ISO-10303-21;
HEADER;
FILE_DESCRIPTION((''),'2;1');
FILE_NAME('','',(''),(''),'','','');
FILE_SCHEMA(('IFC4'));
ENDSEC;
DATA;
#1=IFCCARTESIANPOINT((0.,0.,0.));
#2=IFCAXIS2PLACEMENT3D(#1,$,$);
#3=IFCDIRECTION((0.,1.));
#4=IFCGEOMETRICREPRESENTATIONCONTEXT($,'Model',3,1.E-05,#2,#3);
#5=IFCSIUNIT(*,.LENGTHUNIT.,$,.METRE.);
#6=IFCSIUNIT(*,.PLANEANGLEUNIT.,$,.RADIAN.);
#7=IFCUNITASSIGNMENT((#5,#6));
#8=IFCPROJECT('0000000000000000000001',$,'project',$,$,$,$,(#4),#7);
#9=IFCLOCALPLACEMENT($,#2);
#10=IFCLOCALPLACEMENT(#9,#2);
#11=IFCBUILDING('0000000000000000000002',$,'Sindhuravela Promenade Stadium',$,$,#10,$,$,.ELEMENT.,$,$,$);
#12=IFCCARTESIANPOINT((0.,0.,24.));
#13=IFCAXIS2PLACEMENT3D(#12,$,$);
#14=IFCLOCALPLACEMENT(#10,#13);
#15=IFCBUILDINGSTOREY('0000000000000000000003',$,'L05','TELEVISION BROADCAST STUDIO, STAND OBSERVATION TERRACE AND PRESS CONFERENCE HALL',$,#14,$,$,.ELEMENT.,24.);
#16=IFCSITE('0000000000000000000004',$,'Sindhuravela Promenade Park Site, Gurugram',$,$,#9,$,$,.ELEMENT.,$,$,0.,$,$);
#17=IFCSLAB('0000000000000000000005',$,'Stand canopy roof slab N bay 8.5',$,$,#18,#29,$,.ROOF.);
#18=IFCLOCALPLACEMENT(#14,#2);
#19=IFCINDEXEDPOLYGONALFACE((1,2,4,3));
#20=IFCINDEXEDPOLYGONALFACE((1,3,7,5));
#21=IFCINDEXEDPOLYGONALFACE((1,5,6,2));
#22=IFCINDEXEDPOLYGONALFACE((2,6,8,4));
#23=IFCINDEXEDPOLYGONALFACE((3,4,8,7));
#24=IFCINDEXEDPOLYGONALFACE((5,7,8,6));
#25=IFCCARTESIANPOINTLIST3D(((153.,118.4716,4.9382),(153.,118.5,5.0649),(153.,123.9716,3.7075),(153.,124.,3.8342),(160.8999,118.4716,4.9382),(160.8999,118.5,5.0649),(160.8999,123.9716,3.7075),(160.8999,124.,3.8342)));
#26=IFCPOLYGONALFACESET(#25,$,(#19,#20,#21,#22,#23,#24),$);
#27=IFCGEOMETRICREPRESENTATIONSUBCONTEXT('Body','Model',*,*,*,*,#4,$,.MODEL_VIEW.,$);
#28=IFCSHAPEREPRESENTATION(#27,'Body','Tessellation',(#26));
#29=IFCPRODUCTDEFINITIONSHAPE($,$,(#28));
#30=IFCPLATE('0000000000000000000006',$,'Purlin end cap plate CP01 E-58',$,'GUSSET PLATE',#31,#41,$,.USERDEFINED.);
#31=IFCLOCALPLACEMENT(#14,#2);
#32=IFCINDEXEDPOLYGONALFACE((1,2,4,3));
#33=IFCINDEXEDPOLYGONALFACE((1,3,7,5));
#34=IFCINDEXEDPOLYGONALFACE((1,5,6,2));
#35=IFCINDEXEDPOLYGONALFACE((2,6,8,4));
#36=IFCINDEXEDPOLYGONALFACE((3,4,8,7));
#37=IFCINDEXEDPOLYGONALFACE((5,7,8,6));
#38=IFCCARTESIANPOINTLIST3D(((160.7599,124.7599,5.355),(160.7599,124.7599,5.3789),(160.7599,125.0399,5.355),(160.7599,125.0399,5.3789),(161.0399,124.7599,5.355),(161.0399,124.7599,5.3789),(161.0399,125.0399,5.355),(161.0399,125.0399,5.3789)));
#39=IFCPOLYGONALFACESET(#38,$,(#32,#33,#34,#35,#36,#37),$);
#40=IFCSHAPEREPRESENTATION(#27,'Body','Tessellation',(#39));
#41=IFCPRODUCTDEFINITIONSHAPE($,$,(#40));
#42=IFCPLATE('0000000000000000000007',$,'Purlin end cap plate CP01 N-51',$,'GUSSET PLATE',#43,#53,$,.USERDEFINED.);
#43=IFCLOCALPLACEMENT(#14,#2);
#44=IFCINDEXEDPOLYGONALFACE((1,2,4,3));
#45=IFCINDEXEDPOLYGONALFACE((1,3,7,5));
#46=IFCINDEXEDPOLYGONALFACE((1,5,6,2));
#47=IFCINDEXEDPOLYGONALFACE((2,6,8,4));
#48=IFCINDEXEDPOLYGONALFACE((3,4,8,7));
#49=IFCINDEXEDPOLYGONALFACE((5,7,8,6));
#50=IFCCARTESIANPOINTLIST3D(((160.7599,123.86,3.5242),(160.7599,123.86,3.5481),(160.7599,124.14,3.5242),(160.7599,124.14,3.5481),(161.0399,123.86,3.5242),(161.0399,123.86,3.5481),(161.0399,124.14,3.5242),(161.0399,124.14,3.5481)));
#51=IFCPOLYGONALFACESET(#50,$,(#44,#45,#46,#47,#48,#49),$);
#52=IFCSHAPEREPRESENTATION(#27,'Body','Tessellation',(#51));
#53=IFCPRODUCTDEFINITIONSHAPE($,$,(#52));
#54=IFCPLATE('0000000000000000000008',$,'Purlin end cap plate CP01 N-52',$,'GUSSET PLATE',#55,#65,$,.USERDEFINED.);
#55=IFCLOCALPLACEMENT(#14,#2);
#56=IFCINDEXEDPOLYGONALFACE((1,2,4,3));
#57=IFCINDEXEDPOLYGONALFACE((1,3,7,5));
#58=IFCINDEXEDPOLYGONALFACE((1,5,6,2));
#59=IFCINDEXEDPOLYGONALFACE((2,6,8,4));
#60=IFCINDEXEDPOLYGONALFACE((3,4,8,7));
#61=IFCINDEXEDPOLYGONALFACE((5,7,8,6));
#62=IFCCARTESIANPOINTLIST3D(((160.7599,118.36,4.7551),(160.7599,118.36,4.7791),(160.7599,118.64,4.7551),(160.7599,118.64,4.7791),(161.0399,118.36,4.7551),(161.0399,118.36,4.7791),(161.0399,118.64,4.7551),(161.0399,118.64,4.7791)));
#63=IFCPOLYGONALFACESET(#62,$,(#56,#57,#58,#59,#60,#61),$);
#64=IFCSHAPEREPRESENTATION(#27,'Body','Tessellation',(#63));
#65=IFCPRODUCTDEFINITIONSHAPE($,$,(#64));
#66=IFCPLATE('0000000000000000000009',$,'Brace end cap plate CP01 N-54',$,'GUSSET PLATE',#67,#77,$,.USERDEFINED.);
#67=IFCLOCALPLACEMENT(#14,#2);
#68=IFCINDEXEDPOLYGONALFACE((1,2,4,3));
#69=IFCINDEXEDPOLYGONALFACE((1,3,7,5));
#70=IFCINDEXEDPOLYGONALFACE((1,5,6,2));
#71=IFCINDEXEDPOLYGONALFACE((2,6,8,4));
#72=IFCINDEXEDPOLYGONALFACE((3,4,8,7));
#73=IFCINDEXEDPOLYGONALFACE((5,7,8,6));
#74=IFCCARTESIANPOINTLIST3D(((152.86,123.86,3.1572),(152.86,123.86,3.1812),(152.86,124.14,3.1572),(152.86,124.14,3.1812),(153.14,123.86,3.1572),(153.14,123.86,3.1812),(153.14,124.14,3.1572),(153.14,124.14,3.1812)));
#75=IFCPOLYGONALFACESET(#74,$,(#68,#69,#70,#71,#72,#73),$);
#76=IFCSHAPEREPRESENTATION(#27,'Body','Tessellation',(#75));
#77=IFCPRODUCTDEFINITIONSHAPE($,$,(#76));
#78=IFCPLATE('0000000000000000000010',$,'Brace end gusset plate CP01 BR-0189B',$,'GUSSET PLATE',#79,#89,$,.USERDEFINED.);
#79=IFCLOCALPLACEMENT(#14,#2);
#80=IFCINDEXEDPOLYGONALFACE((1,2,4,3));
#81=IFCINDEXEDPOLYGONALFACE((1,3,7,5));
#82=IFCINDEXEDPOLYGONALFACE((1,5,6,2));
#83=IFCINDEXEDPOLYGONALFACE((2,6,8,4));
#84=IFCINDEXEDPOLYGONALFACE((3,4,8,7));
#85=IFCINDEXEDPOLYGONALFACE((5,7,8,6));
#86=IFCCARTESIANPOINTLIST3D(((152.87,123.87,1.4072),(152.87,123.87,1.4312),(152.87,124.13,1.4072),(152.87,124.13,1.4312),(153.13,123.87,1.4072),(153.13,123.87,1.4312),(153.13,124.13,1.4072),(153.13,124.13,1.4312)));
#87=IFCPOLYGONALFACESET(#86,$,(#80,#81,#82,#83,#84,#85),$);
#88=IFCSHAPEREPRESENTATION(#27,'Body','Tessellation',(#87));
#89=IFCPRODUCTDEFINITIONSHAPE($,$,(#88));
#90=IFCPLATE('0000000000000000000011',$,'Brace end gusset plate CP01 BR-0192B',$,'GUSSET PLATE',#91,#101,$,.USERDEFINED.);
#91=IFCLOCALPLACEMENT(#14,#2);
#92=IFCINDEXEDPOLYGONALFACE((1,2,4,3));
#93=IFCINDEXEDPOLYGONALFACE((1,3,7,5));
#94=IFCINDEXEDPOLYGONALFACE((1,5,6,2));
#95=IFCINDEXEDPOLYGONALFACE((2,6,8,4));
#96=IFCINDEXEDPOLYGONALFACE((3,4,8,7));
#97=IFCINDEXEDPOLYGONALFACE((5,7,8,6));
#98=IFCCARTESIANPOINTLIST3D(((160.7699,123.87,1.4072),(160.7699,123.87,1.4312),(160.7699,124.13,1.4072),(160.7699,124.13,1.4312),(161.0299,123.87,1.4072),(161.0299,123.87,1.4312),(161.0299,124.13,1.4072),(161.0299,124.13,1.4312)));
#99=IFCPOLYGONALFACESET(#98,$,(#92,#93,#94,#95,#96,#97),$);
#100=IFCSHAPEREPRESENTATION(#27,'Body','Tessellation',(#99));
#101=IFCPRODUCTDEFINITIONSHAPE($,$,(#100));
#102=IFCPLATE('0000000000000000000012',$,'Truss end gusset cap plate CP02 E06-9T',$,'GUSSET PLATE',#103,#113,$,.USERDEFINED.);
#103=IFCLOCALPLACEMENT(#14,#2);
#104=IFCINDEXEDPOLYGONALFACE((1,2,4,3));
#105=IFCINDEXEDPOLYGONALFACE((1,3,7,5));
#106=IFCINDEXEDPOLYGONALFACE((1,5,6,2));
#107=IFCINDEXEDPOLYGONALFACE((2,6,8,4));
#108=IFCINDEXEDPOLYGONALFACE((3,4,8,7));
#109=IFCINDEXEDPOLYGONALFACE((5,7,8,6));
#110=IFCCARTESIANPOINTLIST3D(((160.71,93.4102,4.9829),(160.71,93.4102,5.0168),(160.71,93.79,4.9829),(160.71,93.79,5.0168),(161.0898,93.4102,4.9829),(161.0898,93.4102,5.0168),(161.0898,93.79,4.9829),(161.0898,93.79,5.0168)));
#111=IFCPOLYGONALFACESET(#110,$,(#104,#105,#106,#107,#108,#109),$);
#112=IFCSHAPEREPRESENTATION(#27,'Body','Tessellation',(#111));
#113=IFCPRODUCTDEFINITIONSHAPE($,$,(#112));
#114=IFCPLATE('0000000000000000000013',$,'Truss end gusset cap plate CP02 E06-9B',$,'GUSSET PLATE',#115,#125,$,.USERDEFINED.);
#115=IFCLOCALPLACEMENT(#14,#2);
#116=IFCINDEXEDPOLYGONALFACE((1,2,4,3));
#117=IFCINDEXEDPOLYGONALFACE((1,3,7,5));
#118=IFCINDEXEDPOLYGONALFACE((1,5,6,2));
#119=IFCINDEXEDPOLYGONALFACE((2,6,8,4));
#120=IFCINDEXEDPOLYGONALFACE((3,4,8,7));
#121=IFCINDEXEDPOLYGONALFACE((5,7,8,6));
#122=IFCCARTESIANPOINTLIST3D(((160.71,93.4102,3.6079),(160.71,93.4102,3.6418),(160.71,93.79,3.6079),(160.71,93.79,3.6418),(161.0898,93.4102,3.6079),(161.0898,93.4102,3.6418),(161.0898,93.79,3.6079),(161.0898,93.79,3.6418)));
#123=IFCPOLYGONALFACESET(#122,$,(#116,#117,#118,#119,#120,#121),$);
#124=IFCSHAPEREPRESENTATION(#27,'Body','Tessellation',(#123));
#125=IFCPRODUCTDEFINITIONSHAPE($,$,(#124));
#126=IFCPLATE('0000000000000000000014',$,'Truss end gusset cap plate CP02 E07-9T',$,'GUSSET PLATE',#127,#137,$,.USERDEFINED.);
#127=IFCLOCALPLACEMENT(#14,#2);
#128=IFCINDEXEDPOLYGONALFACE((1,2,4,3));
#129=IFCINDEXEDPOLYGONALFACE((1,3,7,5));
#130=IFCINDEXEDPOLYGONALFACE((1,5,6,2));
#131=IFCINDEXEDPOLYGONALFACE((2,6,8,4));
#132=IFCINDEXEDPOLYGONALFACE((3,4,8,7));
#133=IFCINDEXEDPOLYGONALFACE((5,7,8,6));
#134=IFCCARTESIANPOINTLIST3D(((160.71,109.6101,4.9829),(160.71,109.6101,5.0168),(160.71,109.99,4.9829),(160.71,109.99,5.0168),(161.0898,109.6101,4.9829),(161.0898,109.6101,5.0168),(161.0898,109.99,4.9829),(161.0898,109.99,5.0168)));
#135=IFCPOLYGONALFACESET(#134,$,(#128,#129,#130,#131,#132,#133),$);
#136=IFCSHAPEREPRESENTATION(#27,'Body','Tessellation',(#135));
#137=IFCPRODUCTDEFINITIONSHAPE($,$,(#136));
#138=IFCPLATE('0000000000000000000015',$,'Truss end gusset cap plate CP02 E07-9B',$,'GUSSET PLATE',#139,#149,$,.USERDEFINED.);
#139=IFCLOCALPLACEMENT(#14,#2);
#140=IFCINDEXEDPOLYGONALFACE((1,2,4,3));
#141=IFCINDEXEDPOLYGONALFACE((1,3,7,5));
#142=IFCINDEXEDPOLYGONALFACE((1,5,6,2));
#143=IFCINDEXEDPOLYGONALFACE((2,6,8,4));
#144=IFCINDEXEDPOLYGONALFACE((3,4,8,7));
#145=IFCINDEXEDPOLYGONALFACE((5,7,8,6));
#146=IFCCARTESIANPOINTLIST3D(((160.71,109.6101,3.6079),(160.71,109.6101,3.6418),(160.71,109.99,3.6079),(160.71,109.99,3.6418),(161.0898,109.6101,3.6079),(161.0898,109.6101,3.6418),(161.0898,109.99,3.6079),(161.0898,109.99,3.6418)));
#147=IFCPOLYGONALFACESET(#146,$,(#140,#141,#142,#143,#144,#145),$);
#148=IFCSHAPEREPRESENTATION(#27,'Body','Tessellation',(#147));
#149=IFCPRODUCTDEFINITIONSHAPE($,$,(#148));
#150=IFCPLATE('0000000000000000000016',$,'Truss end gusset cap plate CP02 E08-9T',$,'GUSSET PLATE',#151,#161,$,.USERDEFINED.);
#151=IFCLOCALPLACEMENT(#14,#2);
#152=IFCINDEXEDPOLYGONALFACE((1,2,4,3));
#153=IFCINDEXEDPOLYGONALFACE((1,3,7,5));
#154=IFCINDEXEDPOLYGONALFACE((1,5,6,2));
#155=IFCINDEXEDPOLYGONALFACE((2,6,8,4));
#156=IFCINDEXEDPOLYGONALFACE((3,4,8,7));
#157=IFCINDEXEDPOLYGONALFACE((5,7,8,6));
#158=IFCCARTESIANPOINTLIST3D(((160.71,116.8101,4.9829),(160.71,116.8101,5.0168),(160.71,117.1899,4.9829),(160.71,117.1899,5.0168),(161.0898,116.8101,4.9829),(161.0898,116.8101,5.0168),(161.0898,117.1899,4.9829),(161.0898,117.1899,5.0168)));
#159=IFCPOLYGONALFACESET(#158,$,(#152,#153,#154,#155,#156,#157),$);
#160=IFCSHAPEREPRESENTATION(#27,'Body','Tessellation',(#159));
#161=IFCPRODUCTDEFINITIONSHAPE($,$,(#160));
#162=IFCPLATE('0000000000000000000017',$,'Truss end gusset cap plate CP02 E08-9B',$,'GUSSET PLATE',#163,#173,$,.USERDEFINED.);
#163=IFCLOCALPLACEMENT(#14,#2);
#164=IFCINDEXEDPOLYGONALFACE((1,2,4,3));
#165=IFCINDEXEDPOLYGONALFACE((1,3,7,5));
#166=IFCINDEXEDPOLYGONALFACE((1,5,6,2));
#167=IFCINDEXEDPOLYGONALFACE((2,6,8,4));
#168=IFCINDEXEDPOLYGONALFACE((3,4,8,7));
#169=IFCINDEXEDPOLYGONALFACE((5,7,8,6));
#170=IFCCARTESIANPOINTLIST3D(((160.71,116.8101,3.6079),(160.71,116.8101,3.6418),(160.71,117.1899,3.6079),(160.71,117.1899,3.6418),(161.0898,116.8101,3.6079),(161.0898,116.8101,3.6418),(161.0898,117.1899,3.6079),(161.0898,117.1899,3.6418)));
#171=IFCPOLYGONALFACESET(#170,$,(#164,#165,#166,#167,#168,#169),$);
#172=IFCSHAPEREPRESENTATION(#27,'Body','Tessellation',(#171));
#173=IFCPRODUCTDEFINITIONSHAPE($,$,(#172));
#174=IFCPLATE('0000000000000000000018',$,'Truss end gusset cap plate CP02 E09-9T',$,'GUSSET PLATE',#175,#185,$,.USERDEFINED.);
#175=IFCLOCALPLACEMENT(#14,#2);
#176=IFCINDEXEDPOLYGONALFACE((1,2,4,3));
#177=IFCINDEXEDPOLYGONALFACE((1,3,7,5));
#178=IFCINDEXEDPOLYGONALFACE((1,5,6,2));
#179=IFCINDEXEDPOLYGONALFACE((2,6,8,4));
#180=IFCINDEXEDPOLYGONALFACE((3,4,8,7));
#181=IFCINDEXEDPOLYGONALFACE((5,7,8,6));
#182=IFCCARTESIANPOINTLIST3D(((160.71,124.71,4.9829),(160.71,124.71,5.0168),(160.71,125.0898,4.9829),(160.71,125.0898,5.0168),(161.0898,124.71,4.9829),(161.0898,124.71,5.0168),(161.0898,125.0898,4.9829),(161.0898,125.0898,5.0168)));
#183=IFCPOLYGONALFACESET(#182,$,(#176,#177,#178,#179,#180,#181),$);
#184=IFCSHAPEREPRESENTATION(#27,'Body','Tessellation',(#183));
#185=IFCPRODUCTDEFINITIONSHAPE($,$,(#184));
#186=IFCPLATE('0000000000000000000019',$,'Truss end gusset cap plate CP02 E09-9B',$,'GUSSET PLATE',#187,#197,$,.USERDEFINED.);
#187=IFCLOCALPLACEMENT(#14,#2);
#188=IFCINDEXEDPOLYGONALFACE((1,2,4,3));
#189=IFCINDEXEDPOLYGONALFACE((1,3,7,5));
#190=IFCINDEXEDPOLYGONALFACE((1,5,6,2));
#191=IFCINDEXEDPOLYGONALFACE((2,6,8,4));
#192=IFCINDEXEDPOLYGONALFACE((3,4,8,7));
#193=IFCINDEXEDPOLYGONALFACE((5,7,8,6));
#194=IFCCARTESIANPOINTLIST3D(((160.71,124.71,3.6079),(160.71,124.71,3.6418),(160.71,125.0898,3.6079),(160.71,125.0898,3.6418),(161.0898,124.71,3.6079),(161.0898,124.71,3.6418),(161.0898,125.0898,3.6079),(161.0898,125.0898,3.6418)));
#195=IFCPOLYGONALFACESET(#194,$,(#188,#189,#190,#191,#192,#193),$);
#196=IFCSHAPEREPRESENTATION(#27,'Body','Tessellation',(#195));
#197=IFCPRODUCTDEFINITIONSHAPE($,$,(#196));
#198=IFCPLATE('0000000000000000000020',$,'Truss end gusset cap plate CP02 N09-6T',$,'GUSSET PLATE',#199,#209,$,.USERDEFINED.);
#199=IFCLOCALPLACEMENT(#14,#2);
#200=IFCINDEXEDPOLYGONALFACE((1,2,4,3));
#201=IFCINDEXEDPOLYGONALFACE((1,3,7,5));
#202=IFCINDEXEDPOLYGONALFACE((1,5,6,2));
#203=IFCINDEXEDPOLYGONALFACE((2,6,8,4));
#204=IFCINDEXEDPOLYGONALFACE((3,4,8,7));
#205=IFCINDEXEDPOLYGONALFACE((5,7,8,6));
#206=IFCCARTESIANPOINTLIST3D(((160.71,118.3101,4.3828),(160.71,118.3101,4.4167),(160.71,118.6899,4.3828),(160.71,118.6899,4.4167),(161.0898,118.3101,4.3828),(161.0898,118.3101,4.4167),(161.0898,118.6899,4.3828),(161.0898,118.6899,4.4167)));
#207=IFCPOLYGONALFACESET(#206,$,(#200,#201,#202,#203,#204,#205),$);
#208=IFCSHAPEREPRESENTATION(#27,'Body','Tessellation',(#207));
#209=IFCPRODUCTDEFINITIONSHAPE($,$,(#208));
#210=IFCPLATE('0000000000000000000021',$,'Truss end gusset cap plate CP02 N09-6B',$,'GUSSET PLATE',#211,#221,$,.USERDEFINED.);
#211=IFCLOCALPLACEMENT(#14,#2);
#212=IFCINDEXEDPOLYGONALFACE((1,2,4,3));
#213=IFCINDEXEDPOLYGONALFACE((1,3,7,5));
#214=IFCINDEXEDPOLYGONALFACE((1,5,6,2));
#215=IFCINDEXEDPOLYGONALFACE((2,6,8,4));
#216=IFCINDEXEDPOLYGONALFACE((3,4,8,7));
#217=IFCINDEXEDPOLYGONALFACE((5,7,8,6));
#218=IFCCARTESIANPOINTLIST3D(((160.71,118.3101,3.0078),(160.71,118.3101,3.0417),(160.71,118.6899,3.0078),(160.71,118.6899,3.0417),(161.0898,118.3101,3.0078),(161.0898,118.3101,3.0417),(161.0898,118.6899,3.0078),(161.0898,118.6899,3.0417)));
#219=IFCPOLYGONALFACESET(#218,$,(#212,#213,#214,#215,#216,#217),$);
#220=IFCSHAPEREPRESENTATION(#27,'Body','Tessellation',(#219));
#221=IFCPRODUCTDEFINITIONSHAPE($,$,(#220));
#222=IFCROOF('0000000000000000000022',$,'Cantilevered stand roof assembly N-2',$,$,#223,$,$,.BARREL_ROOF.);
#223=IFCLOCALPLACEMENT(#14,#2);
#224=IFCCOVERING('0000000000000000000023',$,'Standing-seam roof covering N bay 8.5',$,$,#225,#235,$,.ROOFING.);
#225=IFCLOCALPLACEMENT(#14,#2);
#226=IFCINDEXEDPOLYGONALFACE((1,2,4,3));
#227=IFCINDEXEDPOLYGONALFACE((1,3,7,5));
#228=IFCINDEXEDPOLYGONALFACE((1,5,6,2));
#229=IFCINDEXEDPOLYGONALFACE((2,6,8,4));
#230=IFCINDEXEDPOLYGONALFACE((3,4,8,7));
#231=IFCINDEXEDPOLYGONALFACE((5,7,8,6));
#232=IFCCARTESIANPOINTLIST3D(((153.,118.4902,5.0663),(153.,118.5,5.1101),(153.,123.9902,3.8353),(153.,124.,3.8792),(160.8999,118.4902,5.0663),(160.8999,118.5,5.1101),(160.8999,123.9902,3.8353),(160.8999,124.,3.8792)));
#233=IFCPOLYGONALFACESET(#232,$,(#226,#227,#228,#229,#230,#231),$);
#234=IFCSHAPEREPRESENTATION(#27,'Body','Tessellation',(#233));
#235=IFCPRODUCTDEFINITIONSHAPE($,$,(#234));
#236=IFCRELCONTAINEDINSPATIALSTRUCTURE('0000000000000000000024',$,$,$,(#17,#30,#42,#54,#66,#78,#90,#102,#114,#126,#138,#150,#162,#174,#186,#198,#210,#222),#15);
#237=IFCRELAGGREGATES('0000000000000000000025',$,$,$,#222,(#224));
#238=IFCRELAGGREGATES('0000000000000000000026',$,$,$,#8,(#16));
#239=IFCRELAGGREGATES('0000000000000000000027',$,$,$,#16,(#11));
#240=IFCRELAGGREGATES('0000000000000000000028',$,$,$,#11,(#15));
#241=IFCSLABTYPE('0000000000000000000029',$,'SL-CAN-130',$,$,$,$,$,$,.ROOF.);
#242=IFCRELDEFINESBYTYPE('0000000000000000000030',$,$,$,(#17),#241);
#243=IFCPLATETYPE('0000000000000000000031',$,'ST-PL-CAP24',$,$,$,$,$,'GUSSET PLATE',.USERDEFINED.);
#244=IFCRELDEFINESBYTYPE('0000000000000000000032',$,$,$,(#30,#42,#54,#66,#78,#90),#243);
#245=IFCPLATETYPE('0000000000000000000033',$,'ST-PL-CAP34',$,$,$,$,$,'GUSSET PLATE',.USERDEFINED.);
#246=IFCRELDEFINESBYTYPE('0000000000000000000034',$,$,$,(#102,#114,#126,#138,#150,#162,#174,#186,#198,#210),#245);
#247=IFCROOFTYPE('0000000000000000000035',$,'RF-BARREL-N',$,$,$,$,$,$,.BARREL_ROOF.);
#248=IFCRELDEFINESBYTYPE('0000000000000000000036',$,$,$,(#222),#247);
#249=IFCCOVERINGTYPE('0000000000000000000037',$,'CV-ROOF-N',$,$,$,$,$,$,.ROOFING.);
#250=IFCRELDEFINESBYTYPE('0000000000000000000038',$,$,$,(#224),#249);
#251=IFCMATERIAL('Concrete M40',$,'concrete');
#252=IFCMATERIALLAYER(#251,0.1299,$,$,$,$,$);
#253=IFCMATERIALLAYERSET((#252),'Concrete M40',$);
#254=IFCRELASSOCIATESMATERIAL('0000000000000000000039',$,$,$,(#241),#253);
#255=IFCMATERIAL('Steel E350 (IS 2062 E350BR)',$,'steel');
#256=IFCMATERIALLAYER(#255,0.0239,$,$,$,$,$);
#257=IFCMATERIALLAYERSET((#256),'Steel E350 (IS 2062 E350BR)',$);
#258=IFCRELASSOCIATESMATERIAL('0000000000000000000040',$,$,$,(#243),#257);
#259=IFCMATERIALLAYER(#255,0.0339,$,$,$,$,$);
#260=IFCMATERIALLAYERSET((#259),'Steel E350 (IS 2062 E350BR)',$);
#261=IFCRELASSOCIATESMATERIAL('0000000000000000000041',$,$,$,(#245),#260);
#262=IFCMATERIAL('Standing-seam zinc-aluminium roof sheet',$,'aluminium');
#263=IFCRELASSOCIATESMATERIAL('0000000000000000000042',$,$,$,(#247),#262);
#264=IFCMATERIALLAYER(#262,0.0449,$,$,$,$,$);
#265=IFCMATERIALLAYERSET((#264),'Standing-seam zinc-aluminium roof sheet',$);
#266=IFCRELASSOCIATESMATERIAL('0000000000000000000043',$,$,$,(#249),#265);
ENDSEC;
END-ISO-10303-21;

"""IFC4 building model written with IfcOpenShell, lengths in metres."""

from ifc_helpers import new_model, si_unit, direction, frame, origin, origin_2d, place, context, subcontext, project, spatial, polyline, rectangle, outline, extrude, material, layer, layer_set, type_object, element, aggregate, save


model = new_model("IFC4")

# Units and contexts
model_context = context("Model", 3, precision=1e-05, world=origin(), true_north=direction((0.0, 1.0)))
body_context = subcontext(model_context, "Body", "Model", "MODEL_VIEW")
ifc_project = project(units=[si_unit("LENGTHUNIT", "METRE"), si_unit("PLANEANGLEUNIT", "RADIAN")], contexts=[model_context])

# Site, building, storey
site_placement = place(None, origin())
site = spatial("IfcSite", under=ifc_project, at=site_placement, Name="Sindhuravela Promenade Park Site, Gurugram", CompositionType="ELEMENT", RefElevation=0.0)
building_placement = place(site_placement, origin())
building = spatial("IfcBuilding", under=site, at=building_placement, Name="Sindhuravela Promenade Stadium", CompositionType="ELEMENT")
storey_placement = place(building_placement, frame((0.0, 0.0, 24.0)))
storey = spatial("IfcBuildingStorey", under=building, at=storey_placement, Name="L05", Description="TELEVISION BROADCAST STUDIO, STAND OBSERVATION TERRACE AND PRESS CONFERENCE HALL", CompositionType="ELEMENT", Elevation=24.0)

# Shared definitions
ifc_material_1 = material(Name="Steel E350 (IS 2062 E350BR)", Category="steel")

# Slab
ifc_material_2 = material(Name="Concrete M40", Category="concrete")
ifc_layer_1 = layer(ifc_material_2, 0.1299)
ifc_layer_set_1 = layer_set([ifc_layer_1], Name="Concrete M40")
slab_type = type_object("IfcSlabType", Name="SL-CAN-130", PredefinedType="ROOF", material=ifc_layer_set_1)
slab_placement = place(storey_placement, frame((153.0, 124.0, 3.8342), z_axis=(0.0, 0.218366, 0.975867), x_axis=(1.0, 0.0, 0.0)))
element("IfcSlab", 1, at=slab_placement, inside=storey, type_object=slab_type, Name="Stand canopy roof slab N bay 8.5", PredefinedType="ROOF", context=body_context, shape_type="SweptSolid", body=[
    extrude(outline(polyline([(0.0, 0.0), (0.0, -5.636), (7.8999, -5.636), (7.8999, 0.0), (0.0, 0.0)])), origin(), (0.0, 0.0, -1.0), 0.1299),
])

# Plates
ifc_layer_2 = layer(ifc_material_1, 0.0239)
ifc_layer_set_2 = layer_set([ifc_layer_2], Name="Steel E350 (IS 2062 E350BR)")
plate_type_1 = type_object("IfcPlateType", Name="ST-PL-CAP24", ElementType="GUSSET PLATE", PredefinedType="USERDEFINED", material=ifc_layer_set_2)
for number, where, z_axis, x_axis, name in (
    (2, (160.8999, 124.8999, 5.355), (0.0, 0.0, 1.0), (1.0, 0.0, 0.0), "Purlin end cap plate CP01 E-58"),
    (3, (160.8999, 124.0, 3.5242), (0.0, 0.0, 1.0), (1.0, 0.0, 0.0), "Purlin end cap plate CP01 N-51"),
    (4, (160.8999, 118.5, 4.7551), (0.0, 0.0, 1.0), (1.0, 0.0, 0.0), "Purlin end cap plate CP01 N-52"),
    (5, (153.0, 124.0, 3.1572), (0.0, 0.0, 1.0), (1.0, 0.0, 0.0), "Brace end cap plate CP01 N-54"),
):
    element("IfcPlate", number, at=place(storey_placement, frame(where, z_axis=z_axis, x_axis=x_axis)), inside=storey, type_object=plate_type_1, Name=name, ObjectType="GUSSET PLATE", PredefinedType="USERDEFINED", context=body_context, shape_type="SweptSolid", body=[
        extrude(rectangle(XDim=0.28, YDim=0.28, at=origin_2d()), origin(), (0.0, 0.0, 1.0), 0.0239),
    ])
for number, where, z_axis, x_axis, name in (
    (6, (153.0, 124.0, 1.4072), (0.0, 0.0, 1.0), (1.0, 0.0, 0.0), "Brace end gusset plate CP01 BR-0189B"),
    (7, (160.8999, 124.0, 1.4072), (0.0, 0.0, 1.0), (1.0, 0.0, 0.0), "Brace end gusset plate CP01 BR-0192B"),
):
    element("IfcPlate", number, at=place(storey_placement, frame(where, z_axis=z_axis, x_axis=x_axis)), inside=storey, type_object=plate_type_1, Name=name, ObjectType="GUSSET PLATE", PredefinedType="USERDEFINED", context=body_context, shape_type="SweptSolid", body=[
        extrude(rectangle(XDim=0.26, YDim=0.26, at=origin_2d()), origin(), (0.0, 0.0, 1.0), 0.0239),
    ])
ifc_layer_3 = layer(ifc_material_1, 0.0339)
ifc_layer_set_3 = layer_set([ifc_layer_3], Name="Steel E350 (IS 2062 E350BR)")
plate_type_2 = type_object("IfcPlateType", Name="ST-PL-CAP34", ElementType="GUSSET PLATE", PredefinedType="USERDEFINED", material=ifc_layer_set_3)
for number, where, z_axis, x_axis, name in (
    (8, (160.8999, 93.6001, 4.9829), (0.0, 0.0, 1.0), (1.0, 0.0, 0.0), "Truss end gusset cap plate CP02 E06-9T"),
    (9, (160.8999, 93.6001, 3.6079), (0.0, 0.0, 1.0), (1.0, 0.0, 0.0), "Truss end gusset cap plate CP02 E06-9B"),
    (10, (160.8999, 109.8, 4.9829), (0.0, 0.0, 1.0), (1.0, 0.0, 0.0), "Truss end gusset cap plate CP02 E07-9T"),
    (11, (160.8999, 109.8, 3.6079), (0.0, 0.0, 1.0), (1.0, 0.0, 0.0), "Truss end gusset cap plate CP02 E07-9B"),
    (12, (160.8999, 117.0, 4.9829), (0.0, 0.0, 1.0), (1.0, 0.0, 0.0), "Truss end gusset cap plate CP02 E08-9T"),
    (13, (160.8999, 117.0, 3.6079), (0.0, 0.0, 1.0), (1.0, 0.0, 0.0), "Truss end gusset cap plate CP02 E08-9B"),
    (14, (160.8999, 124.8999, 4.9829), (0.0, 0.0, 1.0), (1.0, 0.0, 0.0), "Truss end gusset cap plate CP02 E09-9T"),
    (15, (160.8999, 124.8999, 3.6079), (0.0, 0.0, 1.0), (1.0, 0.0, 0.0), "Truss end gusset cap plate CP02 E09-9B"),
    (16, (160.8999, 118.5, 4.3828), (0.0, 0.0, 1.0), (1.0, 0.0, 0.0), "Truss end gusset cap plate CP02 N09-6T"),
    (17, (160.8999, 118.5, 3.0078), (0.0, 0.0, 1.0), (1.0, 0.0, 0.0), "Truss end gusset cap plate CP02 N09-6B"),
):
    element("IfcPlate", number, at=place(storey_placement, frame(where, z_axis=z_axis, x_axis=x_axis)), inside=storey, type_object=plate_type_2, Name=name, ObjectType="GUSSET PLATE", PredefinedType="USERDEFINED", context=body_context, shape_type="SweptSolid", body=[
        extrude(rectangle(XDim=0.3799, YDim=0.3799, at=origin_2d()), origin(), (0.0, 0.0, 1.0), 0.0339),
    ])

# Roof, covering
ifc_material_3 = material(Name="Standing-seam zinc-aluminium roof sheet", Category="aluminium")
roof_type = type_object("IfcRoofType", Name="RF-BARREL-N", PredefinedType="BARREL_ROOF", material=ifc_material_3)
roof_placement = place(storey_placement, origin())
roof = element("IfcRoof", 18, at=roof_placement, inside=storey, type_object=roof_type, Name="Cantilevered stand roof assembly N-2", PredefinedType="BARREL_ROOF")
ifc_layer_4 = layer(ifc_material_3, 0.0449)
ifc_layer_set_4 = layer_set([ifc_layer_4], Name="Standing-seam zinc-aluminium roof sheet")
covering_type_1 = type_object("IfcCoveringType", Name="CV-ROOF-N", PredefinedType="ROOFING", material=ifc_layer_set_4)
covering_1_placement = place(storey_placement, frame((153.0, 124.0, 3.8792), z_axis=(0.0, 0.218407, 0.975858), x_axis=(1.0, 0.0, 0.0)))
covering_1 = element("IfcCovering", 19, at=covering_1_placement, type_object=covering_type_1, Name="Standing-seam roof covering N bay 8.5", PredefinedType="ROOFING", context=body_context, shape_type="SweptSolid", body=[
    extrude(outline(polyline([(0.0, 0.0), (0.0, -5.6361), (7.8999, -5.6361), (7.8999, 0.0), (0.0, 0.0)])), origin(), (0.0, 0.0, -1.0), 0.0449),
])
aggregate(roof, [covering_1])

save(model, "model.ifc")
